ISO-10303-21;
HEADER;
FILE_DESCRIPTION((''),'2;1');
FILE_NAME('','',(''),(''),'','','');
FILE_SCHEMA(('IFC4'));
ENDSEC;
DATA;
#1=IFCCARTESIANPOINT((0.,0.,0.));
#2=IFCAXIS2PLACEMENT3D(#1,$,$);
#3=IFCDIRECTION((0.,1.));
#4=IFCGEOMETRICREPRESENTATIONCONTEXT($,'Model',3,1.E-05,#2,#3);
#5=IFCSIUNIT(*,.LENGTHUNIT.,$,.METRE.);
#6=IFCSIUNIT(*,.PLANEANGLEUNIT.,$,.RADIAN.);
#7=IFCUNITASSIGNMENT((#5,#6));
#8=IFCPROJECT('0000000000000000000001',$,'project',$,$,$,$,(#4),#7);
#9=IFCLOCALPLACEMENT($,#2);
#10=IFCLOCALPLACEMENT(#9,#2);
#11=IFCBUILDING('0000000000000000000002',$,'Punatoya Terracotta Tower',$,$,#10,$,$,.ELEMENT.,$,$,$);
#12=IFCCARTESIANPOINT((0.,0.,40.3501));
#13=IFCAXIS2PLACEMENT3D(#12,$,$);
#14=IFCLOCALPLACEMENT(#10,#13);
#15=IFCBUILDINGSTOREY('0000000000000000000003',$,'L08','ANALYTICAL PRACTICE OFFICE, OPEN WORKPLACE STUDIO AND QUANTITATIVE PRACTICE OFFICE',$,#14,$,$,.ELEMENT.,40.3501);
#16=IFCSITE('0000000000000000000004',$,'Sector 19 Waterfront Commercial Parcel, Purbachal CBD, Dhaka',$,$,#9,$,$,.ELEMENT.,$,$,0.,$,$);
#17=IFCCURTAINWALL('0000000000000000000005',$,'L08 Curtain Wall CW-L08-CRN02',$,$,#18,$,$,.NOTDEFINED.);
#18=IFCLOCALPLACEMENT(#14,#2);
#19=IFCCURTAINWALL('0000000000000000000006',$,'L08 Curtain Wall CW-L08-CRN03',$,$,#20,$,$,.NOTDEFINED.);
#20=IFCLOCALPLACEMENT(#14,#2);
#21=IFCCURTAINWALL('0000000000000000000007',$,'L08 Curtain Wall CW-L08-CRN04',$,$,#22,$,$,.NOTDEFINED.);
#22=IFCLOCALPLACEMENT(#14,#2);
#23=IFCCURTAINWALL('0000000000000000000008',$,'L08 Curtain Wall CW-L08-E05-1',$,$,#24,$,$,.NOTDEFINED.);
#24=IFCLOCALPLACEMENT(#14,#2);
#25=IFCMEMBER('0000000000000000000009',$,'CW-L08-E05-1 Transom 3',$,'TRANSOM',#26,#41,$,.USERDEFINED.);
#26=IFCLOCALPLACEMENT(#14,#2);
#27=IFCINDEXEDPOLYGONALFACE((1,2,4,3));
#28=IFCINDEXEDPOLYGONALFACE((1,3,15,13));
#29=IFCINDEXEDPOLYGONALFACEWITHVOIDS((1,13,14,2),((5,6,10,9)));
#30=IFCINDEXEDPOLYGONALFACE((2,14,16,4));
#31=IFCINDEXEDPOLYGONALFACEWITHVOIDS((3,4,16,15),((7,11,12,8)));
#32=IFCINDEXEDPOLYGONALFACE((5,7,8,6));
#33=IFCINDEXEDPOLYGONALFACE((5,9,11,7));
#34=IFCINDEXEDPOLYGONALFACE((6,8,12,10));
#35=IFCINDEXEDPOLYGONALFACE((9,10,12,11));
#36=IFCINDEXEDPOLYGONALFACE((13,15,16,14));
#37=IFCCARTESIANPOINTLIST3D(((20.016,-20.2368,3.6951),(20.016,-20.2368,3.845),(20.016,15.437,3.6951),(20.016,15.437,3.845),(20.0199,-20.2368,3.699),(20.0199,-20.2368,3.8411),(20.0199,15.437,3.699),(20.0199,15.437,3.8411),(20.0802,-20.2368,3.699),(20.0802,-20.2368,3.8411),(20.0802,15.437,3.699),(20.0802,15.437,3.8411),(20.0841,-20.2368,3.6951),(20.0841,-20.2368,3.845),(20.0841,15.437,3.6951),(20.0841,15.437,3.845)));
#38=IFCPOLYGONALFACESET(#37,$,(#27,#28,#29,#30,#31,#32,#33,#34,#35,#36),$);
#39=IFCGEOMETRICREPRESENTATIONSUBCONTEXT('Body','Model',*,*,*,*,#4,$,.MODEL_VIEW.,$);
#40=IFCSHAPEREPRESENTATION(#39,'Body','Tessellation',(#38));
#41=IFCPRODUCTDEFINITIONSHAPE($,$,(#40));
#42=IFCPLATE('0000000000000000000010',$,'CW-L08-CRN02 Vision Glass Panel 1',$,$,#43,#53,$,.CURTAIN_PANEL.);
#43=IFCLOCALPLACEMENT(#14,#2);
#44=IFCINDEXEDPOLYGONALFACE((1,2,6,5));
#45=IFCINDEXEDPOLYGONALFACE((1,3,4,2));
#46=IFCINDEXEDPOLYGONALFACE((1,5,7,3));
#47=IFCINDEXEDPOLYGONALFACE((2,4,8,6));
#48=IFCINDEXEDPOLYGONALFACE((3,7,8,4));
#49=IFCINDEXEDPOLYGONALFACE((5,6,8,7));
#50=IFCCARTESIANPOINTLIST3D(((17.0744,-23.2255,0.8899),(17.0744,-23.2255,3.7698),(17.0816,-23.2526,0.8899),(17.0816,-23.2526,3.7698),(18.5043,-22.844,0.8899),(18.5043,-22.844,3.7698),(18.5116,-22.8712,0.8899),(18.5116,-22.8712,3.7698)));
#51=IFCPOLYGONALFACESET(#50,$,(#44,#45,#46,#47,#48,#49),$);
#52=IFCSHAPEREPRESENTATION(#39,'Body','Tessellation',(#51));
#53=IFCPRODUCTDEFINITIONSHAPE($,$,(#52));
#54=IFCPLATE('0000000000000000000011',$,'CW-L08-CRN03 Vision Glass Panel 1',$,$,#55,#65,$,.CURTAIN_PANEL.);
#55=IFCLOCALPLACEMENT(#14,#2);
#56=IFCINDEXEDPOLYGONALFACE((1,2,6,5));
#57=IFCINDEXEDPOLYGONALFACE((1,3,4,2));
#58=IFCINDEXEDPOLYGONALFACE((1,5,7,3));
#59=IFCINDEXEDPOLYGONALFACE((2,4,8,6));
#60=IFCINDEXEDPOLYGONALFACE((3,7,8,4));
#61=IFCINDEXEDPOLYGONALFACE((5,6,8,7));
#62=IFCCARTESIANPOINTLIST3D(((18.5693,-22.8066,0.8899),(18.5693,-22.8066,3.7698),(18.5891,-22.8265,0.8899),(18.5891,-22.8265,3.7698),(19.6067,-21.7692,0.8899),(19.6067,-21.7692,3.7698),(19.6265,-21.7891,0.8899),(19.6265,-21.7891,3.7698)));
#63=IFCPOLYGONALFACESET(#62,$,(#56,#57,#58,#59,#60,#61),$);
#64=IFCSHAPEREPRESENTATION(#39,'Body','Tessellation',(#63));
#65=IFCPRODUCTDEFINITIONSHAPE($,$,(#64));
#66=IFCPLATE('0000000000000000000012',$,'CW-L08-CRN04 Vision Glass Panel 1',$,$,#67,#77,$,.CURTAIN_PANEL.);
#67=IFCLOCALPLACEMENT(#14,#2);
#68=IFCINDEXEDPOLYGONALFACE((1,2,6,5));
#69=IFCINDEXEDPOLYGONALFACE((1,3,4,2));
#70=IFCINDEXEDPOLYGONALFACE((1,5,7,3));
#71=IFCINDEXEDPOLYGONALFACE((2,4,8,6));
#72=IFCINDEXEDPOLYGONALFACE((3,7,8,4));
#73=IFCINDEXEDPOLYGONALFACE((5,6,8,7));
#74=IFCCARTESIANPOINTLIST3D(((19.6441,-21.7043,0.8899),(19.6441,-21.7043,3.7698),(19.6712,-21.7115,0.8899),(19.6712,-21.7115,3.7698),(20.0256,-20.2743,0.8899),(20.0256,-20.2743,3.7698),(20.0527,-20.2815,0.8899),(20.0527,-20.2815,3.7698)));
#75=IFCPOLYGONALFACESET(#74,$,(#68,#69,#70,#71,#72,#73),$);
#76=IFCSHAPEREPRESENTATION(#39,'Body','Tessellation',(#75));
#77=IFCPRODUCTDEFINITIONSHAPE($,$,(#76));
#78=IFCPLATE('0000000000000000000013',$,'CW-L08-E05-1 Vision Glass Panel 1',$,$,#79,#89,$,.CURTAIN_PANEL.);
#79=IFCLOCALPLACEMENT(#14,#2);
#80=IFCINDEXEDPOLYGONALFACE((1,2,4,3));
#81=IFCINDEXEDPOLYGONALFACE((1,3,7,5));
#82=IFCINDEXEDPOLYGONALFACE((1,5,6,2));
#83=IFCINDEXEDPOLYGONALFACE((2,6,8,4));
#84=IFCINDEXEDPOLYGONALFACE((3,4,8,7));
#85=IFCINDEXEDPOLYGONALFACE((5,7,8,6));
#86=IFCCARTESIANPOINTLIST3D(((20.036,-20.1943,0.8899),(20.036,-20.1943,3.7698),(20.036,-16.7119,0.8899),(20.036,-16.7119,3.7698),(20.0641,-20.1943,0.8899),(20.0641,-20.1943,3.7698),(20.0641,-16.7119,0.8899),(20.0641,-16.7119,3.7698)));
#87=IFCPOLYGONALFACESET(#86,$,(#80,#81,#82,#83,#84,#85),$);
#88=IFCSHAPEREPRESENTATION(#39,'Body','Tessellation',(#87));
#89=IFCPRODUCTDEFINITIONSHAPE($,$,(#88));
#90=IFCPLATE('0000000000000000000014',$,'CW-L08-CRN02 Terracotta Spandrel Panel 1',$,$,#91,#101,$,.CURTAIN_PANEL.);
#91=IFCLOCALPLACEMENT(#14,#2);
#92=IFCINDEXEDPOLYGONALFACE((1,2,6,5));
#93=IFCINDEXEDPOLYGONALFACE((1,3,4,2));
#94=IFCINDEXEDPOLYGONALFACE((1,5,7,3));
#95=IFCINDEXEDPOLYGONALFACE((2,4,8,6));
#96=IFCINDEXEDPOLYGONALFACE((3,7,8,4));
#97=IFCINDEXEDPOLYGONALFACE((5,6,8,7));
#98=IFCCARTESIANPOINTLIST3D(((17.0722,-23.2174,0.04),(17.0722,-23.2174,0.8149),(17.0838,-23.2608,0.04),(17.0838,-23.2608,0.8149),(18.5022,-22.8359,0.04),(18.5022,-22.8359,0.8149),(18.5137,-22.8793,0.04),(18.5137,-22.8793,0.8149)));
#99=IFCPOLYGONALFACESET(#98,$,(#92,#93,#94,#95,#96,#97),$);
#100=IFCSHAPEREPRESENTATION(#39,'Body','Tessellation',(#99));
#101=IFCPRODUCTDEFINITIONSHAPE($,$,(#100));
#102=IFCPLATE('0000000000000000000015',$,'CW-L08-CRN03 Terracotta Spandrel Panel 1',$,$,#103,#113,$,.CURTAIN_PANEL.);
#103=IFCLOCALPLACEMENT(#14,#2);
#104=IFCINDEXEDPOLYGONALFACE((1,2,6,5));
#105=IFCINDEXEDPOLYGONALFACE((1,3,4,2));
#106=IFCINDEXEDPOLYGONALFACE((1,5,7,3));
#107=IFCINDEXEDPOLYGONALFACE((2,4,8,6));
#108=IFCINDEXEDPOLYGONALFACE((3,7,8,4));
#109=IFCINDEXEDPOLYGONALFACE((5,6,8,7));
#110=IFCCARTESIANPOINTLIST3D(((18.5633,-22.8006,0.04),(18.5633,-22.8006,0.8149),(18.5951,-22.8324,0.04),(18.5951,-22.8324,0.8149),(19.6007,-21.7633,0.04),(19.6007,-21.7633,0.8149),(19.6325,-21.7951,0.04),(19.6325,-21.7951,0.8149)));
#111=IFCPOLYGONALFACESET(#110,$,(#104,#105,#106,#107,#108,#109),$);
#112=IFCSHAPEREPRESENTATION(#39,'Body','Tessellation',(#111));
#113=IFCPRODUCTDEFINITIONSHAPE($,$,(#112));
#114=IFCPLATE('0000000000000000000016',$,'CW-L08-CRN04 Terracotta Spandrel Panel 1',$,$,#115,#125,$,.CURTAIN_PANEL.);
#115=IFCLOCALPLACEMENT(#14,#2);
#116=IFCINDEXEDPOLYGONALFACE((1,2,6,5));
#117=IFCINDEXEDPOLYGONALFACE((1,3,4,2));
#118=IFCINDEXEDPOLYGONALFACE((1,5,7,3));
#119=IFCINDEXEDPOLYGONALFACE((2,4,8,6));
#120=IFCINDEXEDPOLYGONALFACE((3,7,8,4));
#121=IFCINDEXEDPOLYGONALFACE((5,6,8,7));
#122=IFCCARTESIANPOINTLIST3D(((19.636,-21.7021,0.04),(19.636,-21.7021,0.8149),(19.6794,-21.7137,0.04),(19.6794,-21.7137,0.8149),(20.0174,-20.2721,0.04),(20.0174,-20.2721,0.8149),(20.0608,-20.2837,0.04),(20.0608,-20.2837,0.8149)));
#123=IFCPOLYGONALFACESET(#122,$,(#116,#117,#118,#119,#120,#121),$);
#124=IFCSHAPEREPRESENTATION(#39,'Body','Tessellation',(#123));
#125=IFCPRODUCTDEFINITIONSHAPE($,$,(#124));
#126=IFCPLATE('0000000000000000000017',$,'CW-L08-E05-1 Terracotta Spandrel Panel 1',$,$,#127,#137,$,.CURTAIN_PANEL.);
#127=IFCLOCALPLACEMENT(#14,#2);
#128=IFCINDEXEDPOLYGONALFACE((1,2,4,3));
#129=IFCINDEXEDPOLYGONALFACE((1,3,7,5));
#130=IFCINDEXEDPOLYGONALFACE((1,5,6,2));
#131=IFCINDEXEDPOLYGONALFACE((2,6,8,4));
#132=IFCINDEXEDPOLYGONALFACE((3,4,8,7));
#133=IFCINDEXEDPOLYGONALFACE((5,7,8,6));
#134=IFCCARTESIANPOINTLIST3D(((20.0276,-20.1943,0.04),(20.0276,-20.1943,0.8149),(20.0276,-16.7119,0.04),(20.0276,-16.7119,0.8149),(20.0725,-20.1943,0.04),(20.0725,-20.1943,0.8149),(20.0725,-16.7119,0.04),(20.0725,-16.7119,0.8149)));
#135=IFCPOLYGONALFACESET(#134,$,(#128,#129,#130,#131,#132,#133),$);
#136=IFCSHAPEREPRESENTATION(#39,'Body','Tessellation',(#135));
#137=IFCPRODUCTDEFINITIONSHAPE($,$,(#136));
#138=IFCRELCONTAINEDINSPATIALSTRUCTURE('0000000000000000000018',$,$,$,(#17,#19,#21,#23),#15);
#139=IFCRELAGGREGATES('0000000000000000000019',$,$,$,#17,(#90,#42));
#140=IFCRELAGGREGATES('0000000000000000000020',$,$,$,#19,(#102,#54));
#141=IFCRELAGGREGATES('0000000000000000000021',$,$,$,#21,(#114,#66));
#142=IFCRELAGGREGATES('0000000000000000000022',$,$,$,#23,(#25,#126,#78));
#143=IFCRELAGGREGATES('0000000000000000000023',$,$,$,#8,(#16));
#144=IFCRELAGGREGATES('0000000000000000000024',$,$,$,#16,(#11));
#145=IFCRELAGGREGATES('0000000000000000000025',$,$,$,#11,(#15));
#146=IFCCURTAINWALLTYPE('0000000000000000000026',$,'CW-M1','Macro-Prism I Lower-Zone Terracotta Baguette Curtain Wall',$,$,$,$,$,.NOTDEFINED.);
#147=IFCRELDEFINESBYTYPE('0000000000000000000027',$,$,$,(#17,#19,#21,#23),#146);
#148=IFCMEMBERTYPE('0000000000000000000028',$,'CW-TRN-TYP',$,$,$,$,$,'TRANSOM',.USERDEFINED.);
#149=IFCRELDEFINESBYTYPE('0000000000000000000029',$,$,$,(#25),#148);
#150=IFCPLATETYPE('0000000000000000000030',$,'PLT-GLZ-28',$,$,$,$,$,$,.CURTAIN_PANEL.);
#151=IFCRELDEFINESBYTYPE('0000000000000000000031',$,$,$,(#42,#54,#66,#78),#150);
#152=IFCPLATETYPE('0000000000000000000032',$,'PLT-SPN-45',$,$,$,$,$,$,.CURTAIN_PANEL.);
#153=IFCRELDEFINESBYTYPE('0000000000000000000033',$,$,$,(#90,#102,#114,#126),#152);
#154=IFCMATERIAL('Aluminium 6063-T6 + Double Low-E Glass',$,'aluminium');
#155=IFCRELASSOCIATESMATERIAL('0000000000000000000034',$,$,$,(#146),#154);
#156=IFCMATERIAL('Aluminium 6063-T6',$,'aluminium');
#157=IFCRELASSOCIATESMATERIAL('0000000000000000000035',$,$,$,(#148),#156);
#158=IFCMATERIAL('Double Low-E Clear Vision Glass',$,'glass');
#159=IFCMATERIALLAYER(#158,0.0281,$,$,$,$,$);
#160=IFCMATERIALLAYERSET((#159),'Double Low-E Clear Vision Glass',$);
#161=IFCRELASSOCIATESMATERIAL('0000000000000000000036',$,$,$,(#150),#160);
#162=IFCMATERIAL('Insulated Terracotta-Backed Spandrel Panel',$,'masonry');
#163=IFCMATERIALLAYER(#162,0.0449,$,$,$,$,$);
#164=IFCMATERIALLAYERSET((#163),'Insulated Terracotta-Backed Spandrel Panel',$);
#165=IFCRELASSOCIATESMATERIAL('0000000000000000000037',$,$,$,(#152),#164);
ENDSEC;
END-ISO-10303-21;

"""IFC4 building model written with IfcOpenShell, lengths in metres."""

from ifc_helpers import new_model, si_unit, direction, frame, origin, origin_2d, place, context, subcontext, project, spatial, rectangle, hollow_rectangle, extrude, material, layer, layer_set, material_profile, profile_set, type_object, element, aggregate, save


model = new_model("IFC4")

# Units and contexts
model_context = context("Model", 3, precision=1e-05, world=origin(), true_north=direction((0.0, 1.0)))
body_context = subcontext(model_context, "Body", "Model", "MODEL_VIEW")
ifc_project = project(units=[si_unit("LENGTHUNIT", "METRE"), si_unit("PLANEANGLEUNIT", "RADIAN")], contexts=[model_context])

# Site, building, storey
site_placement = place(None, origin())
site = spatial("IfcSite", under=ifc_project, at=site_placement, Name="Sector 19 Waterfront Commercial Parcel, Purbachal CBD, Dhaka", CompositionType="ELEMENT", RefElevation=0.0)
building_placement = place(site_placement, origin())
building = spatial("IfcBuilding", under=site, at=building_placement, Name="Punatoya Terracotta Tower", CompositionType="ELEMENT")
storey_placement = place(building_placement, frame((0.0, 0.0, 40.3501)))
storey = spatial("IfcBuildingStorey", under=building, at=storey_placement, Name="L08", Description="ANALYTICAL PRACTICE OFFICE, OPEN WORKPLACE STUDIO AND QUANTITATIVE PRACTICE OFFICE", CompositionType="ELEMENT", Elevation=40.3501)

# Curtain walls
ifc_material_1 = material(Name="Aluminium 6063-T6 + Double Low-E Glass", Category="aluminium")
curtain_wall_type = type_object("IfcCurtainWallType", Name="CW-M1", Description="Macro-Prism I Lower-Zone Terracotta Baguette Curtain Wall", PredefinedType="NOTDEFINED", material=ifc_material_1)
curtain_wall_1_placement = place(storey_placement, origin())
curtain_wall_1 = element("IfcCurtainWall", 1, at=curtain_wall_1_placement, inside=storey, type_object=curtain_wall_type, Name="L08 Curtain Wall CW-L08-CRN02", PredefinedType="NOTDEFINED")
ifc_material_2 = material(Name="Aluminium 6063-T6", Category="aluminium")
curtain_wall_2_placement = place(storey_placement, origin())
curtain_wall_2 = element("IfcCurtainWall", 2, at=curtain_wall_2_placement, inside=storey, type_object=curtain_wall_type, Name="L08 Curtain Wall CW-L08-CRN03", PredefinedType="NOTDEFINED")
curtain_wall_3_placement = place(storey_placement, origin())
curtain_wall_3 = element("IfcCurtainWall", 3, at=curtain_wall_3_placement, inside=storey, type_object=curtain_wall_type, Name="L08 Curtain Wall CW-L08-CRN04", PredefinedType="NOTDEFINED")

# Curtain wall
curtain_wall_4_placement = place(storey_placement, origin())
curtain_wall_4 = element("IfcCurtainWall", 4, at=curtain_wall_4_placement, inside=storey, type_object=curtain_wall_type, Name="L08 Curtain Wall CW-L08-E05-1", PredefinedType="NOTDEFINED")

# Member
ifc_material_profile_1 = material_profile(ifc_material_2, hollow_rectangle(XDim=0.0681, YDim=0.1499, WallThickness=0.0039, at=origin_2d()))
ifc_profile_set_1 = profile_set([ifc_material_profile_1], Name="Aluminium 6063-T6")
member_type_1 = type_object("IfcMemberType", Name="CW-TRN-TYP", ElementType="TRANSOM", PredefinedType="USERDEFINED", material=ifc_profile_set_1)
member_1_placement = place(storey_placement, frame((20.05, -20.2368, 3.77), z_axis=(0.0, 1.0, 0.0), x_axis=(-1.0, 0.0, 0.0)))
member_1 = element("IfcMember", 5, at=member_1_placement, type_object=member_type_1, Name="CW-L08-E05-1 Transom 3", ObjectType="TRANSOM", PredefinedType="USERDEFINED", context=body_context, shape_type="SweptSolid", body=[
    extrude(hollow_rectangle(XDim=0.0681, YDim=0.1499, WallThickness=0.0039, at=origin_2d()), origin(), (0.0, 0.0, 1.0), 35.6738),
])

# Plates
ifc_material_3 = material(Name="Double Low-E Clear Vision Glass", Category="glass")
ifc_layer_1 = layer(ifc_material_3, 0.0281)
ifc_layer_set_1 = layer_set([ifc_layer_1], Name="Double Low-E Clear Vision Glass")
plate_type_1 = type_object("IfcPlateType", Name="PLT-GLZ-28", PredefinedType="CURTAIN_PANEL", material=ifc_layer_set_1)
plate_1_placement = place(storey_placement, frame((17.793, -23.0483, 0.8899), z_axis=(0.0, 0.0, 1.0), x_axis=(0.966214, 0.257742, 0.0)))
plate_1 = element("IfcPlate", 6, at=plate_1_placement, type_object=plate_type_1, Name="CW-L08-CRN02 Vision Glass Panel 1", PredefinedType="CURTAIN_PANEL", context=body_context, shape_type="SweptSolid", body=[
    extrude(rectangle(XDim=1.48, YDim=0.0281, at=origin_2d()), origin(), (0.0, 0.0, 1.0), 2.8799),
])
plate_2_placement = place(storey_placement, frame((19.0979, -22.2979, 0.8899), z_axis=(0.0, 0.0, 1.0), x_axis=(0.707107, 0.707107, 0.0)))
plate_2 = element("IfcPlate", 7, at=plate_2_placement, type_object=plate_type_1, Name="CW-L08-CRN03 Vision Glass Panel 1", PredefinedType="CURTAIN_PANEL", context=body_context, shape_type="SweptSolid", body=[
    extrude(rectangle(XDim=1.467, YDim=0.0281, at=origin_2d()), origin(), (0.0, 0.0, 1.0), 2.8799),
])
plate_3_placement = place(storey_placement, frame((19.8484, -20.9929, 0.8899), z_axis=(0.0, 0.0, 1.0), x_axis=(0.257742, 0.966214, 0.0)))
plate_3 = element("IfcPlate", 8, at=plate_3_placement, type_object=plate_type_1, Name="CW-L08-CRN04 Vision Glass Panel 1", PredefinedType="CURTAIN_PANEL", context=body_context, shape_type="SweptSolid", body=[
    extrude(rectangle(XDim=1.48, YDim=0.0281, at=origin_2d()), origin(), (0.0, 0.0, 1.0), 2.8799),
])
plate_4_placement = place(storey_placement, frame((20.05, -18.4531, 0.8899), z_axis=(0.0, 0.0, 1.0), x_axis=(0.0, 1.0, 0.0)))
plate_4 = element("IfcPlate", 9, at=plate_4_placement, type_object=plate_type_1, Name="CW-L08-E05-1 Vision Glass Panel 1", PredefinedType="CURTAIN_PANEL", context=body_context, shape_type="SweptSolid", body=[
    extrude(rectangle(XDim=3.4824, YDim=0.0281, at=origin_2d()), origin(), (0.0, 0.0, 1.0), 2.8799),
])
ifc_material_4 = material(Name="Insulated Terracotta-Backed Spandrel Panel", Category="masonry")
ifc_layer_2 = layer(ifc_material_4, 0.0449)
ifc_layer_set_2 = layer_set([ifc_layer_2], Name="Insulated Terracotta-Backed Spandrel Panel")
plate_type_2 = type_object("IfcPlateType", Name="PLT-SPN-45", PredefinedType="CURTAIN_PANEL", material=ifc_layer_set_2)
plate_5_placement = place(storey_placement, frame((17.793, -23.0483, 0.04), z_axis=(0.0, 0.0, 1.0), x_axis=(0.966214, 0.257742, 0.0)))
plate_5 = element("IfcPlate", 10, at=plate_5_placement, type_object=plate_type_2, Name="CW-L08-CRN02 Terracotta Spandrel Panel 1", PredefinedType="CURTAIN_PANEL", context=body_context, shape_type="SweptSolid", body=[
    extrude(rectangle(XDim=1.48, YDim=0.0449, at=origin_2d()), origin(), (0.0, 0.0, 1.0), 0.7749),
])
aggregate(curtain_wall_1, [plate_5, plate_1])
plate_6_placement = place(storey_placement, frame((19.0979, -22.2979, 0.04), z_axis=(0.0, 0.0, 1.0), x_axis=(0.707107, 0.707107, 0.0)))
plate_6 = element("IfcPlate", 11, at=plate_6_placement, type_object=plate_type_2, Name="CW-L08-CRN03 Terracotta Spandrel Panel 1", PredefinedType="CURTAIN_PANEL", context=body_context, shape_type="SweptSolid", body=[
    extrude(rectangle(XDim=1.467, YDim=0.0449, at=origin_2d()), origin(), (0.0, 0.0, 1.0), 0.7749),
])
aggregate(curtain_wall_2, [plate_6, plate_2])
plate_7_placement = place(storey_placement, frame((19.8484, -20.9929, 0.04), z_axis=(0.0, 0.0, 1.0), x_axis=(0.257742, 0.966214, 0.0)))
plate_7 = element("IfcPlate", 12, at=plate_7_placement, type_object=plate_type_2, Name="CW-L08-CRN04 Terracotta Spandrel Panel 1", PredefinedType="CURTAIN_PANEL", context=body_context, shape_type="SweptSolid", body=[
    extrude(rectangle(XDim=1.48, YDim=0.0449, at=origin_2d()), origin(), (0.0, 0.0, 1.0), 0.7749),
])
aggregate(curtain_wall_3, [plate_7, plate_3])
plate_8_placement = place(storey_placement, frame((20.05, -18.4531, 0.04), z_axis=(0.0, 0.0, 1.0), x_axis=(0.0, 1.0, 0.0)))
plate_8 = element("IfcPlate", 13, at=plate_8_placement, type_object=plate_type_2, Name="CW-L08-E05-1 Terracotta Spandrel Panel 1", PredefinedType="CURTAIN_PANEL", context=body_context, shape_type="SweptSolid", body=[
    extrude(rectangle(XDim=3.4824, YDim=0.0449, at=origin_2d()), origin(), (0.0, 0.0, 1.0), 0.7749),
])
aggregate(curtain_wall_4, [member_1, plate_8, plate_4])

save(model, "model.ifc")
